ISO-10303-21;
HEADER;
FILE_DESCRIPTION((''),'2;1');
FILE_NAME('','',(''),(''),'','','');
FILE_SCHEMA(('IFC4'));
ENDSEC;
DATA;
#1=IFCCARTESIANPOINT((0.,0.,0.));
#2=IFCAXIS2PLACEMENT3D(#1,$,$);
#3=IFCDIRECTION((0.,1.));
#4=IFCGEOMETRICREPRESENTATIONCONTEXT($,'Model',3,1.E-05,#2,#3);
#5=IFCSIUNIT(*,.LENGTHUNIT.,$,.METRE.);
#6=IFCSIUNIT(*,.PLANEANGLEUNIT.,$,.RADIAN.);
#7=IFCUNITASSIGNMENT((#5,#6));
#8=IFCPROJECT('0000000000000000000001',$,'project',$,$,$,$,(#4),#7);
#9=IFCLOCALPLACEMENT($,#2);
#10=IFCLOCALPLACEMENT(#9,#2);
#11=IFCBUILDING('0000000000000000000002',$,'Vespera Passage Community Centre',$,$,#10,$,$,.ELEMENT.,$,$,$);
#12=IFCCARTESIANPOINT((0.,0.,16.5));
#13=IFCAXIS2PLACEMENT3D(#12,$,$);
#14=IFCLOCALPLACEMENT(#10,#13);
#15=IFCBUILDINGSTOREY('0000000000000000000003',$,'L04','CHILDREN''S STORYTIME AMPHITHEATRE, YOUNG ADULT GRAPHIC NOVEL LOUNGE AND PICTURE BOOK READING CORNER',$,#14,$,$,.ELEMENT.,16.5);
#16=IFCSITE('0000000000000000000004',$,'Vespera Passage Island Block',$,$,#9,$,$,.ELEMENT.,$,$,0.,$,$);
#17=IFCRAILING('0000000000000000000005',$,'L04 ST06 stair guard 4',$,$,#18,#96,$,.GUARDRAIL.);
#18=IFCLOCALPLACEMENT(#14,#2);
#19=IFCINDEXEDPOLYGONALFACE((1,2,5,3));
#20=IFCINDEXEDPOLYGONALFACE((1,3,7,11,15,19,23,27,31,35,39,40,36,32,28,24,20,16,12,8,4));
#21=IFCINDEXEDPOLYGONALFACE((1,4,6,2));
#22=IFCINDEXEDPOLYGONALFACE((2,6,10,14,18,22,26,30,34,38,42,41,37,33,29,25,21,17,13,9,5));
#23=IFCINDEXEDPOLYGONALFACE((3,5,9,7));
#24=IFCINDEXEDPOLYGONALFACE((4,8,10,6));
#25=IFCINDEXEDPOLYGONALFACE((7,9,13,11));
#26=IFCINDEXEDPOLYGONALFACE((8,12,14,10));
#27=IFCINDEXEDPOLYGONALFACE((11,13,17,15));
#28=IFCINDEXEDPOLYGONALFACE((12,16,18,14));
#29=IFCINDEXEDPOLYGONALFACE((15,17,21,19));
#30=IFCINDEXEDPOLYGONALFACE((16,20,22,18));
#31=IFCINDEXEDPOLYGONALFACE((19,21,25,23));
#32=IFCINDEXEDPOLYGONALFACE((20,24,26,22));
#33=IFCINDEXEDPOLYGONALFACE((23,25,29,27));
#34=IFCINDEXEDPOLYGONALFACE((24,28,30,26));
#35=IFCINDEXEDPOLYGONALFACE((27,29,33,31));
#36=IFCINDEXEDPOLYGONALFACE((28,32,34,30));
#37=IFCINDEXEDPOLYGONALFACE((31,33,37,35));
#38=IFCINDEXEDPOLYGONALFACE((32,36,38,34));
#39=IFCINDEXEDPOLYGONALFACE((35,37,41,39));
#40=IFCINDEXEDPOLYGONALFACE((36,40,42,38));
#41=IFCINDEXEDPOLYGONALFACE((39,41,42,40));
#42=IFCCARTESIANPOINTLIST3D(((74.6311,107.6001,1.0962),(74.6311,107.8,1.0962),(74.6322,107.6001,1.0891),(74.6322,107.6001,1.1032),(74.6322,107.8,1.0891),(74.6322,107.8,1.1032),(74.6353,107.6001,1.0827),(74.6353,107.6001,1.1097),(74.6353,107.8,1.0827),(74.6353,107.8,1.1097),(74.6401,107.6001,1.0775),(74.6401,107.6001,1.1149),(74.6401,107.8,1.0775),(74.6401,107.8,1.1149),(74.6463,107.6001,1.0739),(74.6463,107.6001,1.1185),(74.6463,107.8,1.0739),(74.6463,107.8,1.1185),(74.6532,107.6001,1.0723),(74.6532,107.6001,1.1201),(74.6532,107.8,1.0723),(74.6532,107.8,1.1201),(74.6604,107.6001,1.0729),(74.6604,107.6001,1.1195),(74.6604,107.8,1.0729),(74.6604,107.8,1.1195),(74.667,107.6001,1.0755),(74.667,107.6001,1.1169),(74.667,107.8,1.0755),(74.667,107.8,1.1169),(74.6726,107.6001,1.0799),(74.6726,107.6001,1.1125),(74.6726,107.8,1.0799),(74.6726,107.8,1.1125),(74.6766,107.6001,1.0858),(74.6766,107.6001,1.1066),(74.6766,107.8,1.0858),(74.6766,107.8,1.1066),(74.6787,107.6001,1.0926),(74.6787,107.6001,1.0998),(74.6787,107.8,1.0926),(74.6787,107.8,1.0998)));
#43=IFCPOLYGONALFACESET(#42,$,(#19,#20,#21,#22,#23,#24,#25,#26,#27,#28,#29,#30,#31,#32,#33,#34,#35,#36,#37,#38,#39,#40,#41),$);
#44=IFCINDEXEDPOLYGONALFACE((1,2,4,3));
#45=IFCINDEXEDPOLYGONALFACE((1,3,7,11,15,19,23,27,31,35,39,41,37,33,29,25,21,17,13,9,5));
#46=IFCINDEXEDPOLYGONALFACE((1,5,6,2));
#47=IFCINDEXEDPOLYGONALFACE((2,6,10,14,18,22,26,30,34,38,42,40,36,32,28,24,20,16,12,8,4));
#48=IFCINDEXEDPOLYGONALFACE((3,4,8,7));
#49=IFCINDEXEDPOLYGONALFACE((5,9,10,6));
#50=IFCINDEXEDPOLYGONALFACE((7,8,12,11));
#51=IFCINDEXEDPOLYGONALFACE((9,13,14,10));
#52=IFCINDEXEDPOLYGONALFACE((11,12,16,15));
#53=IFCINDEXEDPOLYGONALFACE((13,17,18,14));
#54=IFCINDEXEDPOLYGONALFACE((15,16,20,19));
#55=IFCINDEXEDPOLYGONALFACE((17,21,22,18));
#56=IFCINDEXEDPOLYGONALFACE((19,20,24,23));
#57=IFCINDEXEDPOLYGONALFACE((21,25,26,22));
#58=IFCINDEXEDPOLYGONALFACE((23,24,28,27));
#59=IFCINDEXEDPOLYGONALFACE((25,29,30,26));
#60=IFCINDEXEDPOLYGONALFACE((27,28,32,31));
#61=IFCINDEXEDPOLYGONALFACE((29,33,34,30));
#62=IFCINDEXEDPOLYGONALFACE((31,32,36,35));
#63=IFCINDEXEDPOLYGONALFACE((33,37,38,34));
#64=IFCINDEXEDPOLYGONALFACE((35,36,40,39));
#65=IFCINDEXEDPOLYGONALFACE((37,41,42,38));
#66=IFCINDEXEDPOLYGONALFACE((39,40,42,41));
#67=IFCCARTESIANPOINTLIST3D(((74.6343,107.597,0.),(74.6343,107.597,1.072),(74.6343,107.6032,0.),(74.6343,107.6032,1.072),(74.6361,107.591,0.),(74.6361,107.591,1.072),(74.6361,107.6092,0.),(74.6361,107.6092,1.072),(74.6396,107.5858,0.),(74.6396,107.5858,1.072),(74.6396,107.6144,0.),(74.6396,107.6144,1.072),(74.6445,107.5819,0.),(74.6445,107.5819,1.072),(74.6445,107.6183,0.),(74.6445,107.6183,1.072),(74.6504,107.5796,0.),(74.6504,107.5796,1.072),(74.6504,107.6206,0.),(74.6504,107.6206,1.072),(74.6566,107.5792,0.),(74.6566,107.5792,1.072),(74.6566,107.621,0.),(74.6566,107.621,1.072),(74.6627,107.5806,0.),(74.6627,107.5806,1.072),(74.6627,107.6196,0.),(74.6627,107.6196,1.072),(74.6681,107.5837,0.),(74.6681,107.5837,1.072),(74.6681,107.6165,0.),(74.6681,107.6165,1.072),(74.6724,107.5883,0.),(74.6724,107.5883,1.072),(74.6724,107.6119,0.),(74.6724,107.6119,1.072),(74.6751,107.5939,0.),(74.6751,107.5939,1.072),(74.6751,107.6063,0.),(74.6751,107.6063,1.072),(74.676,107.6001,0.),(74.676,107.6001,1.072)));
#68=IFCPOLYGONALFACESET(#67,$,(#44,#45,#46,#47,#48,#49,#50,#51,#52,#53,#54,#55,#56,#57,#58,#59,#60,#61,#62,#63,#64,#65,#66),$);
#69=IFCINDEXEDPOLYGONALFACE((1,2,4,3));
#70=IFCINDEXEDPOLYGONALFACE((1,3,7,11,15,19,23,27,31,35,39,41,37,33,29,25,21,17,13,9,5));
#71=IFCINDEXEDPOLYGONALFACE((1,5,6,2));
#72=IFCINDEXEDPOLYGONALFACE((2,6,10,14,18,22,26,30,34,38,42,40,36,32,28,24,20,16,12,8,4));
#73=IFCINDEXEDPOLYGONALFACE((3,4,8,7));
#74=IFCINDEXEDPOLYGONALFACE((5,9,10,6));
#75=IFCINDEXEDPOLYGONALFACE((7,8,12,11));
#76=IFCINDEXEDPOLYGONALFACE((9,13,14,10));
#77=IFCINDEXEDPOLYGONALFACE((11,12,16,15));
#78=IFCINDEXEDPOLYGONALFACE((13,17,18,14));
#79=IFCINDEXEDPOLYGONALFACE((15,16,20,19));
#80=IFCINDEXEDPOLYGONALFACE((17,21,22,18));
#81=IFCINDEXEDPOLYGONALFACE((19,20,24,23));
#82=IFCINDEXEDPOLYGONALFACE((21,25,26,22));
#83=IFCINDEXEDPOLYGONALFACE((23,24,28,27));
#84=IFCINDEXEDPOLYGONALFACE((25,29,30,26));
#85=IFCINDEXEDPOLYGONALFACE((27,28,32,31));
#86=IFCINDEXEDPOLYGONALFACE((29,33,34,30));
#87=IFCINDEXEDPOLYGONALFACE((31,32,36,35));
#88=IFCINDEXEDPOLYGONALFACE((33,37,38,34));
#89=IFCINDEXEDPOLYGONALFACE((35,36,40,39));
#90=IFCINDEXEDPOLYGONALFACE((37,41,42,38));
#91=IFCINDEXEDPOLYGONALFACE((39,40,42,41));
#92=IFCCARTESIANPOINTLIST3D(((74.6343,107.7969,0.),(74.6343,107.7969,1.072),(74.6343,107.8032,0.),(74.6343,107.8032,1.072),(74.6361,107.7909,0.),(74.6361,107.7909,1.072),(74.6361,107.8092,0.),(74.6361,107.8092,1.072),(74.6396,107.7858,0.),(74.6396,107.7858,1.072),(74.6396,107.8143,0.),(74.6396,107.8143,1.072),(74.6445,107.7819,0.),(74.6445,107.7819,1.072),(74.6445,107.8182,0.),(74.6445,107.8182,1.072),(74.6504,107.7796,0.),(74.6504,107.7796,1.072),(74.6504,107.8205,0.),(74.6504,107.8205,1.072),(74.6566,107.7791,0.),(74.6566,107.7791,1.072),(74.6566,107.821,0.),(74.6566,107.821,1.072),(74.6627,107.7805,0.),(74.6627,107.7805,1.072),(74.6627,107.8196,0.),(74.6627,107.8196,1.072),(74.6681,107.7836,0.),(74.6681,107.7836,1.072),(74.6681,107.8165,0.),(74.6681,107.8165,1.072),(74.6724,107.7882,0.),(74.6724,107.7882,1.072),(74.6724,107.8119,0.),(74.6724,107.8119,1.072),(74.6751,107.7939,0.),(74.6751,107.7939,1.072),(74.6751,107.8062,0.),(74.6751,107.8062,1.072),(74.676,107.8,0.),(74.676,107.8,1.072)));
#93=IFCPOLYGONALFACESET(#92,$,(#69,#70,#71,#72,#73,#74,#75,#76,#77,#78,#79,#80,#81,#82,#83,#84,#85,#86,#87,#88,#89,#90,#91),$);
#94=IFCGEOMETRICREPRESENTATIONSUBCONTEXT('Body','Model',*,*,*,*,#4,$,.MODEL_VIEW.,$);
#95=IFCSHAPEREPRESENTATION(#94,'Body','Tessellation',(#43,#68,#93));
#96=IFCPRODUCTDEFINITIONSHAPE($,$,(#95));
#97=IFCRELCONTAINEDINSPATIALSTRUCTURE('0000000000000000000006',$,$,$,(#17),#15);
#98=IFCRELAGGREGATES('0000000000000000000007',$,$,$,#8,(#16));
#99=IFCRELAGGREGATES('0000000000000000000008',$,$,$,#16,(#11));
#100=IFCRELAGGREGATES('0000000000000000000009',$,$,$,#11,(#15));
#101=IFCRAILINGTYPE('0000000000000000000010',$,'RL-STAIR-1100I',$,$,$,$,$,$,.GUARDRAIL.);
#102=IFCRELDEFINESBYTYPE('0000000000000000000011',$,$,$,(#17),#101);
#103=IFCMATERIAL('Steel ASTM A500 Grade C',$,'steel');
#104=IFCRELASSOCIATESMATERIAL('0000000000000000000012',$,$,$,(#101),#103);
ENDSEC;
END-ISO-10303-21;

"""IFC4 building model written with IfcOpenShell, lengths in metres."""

from ifc_helpers import new_model, si_unit, direction, frame, origin, origin_2d, place, context, subcontext, project, spatial, circle, extrude, material, type_object, element, save


model = new_model("IFC4")

# Units and contexts
model_context = context("Model", 3, precision=1e-05, world=origin(), true_north=direction((0.0, 1.0)))
body_context = subcontext(model_context, "Body", "Model", "MODEL_VIEW")
ifc_project = project(units=[si_unit("LENGTHUNIT", "METRE"), si_unit("PLANEANGLEUNIT", "RADIAN")], contexts=[model_context])

# Site, building, storey
site_placement = place(None, origin())
site = spatial("IfcSite", under=ifc_project, at=site_placement, Name="Vespera Passage Island Block", CompositionType="ELEMENT", RefElevation=0.0)
building_placement = place(site_placement, origin())
building = spatial("IfcBuilding", under=site, at=building_placement, Name="Vespera Passage Community Centre", CompositionType="ELEMENT")
storey_placement = place(building_placement, frame((0.0, 0.0, 16.5)))
storey = spatial("IfcBuildingStorey", under=building, at=storey_placement, Name="L04", Description="CHILDREN'S STORYTIME AMPHITHEATRE, YOUNG ADULT GRAPHIC NOVEL LOUNGE AND PICTURE BOOK READING CORNER", CompositionType="ELEMENT", Elevation=16.5)

# Railing
ifc_material_1 = material(Name="Steel ASTM A500 Grade C", Category="steel")
railing_type_1 = type_object("IfcRailingType", Name="RL-STAIR-1100I", PredefinedType="GUARDRAIL", material=ifc_material_1)
railing_1_placement = place(storey_placement, frame((74.655, 107.6001, 0.0)))
element("IfcRailing", 1, at=railing_1_placement, inside=storey, type_object=railing_type_1, Name="L04 ST06 stair guard 4", PredefinedType="GUARDRAIL", context=body_context, shape_type="SweptSolid", body=[
    extrude(circle(Radius=0.0239, at=origin_2d()), frame((0.0, 0.0, 1.0962), z_axis=(0.0, 1.0, 0.0), x_axis=(-1.0, 0.0, 0.0)), (0.0, 0.0, 1.0), 0.2),
    extrude(circle(Radius=0.021, at=origin_2d()), origin(), (0.0, 0.0, 1.0), 1.072),
    extrude(circle(Radius=0.021, at=origin_2d()), frame((0.0, 0.2, 0.0)), (0.0, 0.0, 1.0), 1.072),
])

save(model, "model.ifc")
